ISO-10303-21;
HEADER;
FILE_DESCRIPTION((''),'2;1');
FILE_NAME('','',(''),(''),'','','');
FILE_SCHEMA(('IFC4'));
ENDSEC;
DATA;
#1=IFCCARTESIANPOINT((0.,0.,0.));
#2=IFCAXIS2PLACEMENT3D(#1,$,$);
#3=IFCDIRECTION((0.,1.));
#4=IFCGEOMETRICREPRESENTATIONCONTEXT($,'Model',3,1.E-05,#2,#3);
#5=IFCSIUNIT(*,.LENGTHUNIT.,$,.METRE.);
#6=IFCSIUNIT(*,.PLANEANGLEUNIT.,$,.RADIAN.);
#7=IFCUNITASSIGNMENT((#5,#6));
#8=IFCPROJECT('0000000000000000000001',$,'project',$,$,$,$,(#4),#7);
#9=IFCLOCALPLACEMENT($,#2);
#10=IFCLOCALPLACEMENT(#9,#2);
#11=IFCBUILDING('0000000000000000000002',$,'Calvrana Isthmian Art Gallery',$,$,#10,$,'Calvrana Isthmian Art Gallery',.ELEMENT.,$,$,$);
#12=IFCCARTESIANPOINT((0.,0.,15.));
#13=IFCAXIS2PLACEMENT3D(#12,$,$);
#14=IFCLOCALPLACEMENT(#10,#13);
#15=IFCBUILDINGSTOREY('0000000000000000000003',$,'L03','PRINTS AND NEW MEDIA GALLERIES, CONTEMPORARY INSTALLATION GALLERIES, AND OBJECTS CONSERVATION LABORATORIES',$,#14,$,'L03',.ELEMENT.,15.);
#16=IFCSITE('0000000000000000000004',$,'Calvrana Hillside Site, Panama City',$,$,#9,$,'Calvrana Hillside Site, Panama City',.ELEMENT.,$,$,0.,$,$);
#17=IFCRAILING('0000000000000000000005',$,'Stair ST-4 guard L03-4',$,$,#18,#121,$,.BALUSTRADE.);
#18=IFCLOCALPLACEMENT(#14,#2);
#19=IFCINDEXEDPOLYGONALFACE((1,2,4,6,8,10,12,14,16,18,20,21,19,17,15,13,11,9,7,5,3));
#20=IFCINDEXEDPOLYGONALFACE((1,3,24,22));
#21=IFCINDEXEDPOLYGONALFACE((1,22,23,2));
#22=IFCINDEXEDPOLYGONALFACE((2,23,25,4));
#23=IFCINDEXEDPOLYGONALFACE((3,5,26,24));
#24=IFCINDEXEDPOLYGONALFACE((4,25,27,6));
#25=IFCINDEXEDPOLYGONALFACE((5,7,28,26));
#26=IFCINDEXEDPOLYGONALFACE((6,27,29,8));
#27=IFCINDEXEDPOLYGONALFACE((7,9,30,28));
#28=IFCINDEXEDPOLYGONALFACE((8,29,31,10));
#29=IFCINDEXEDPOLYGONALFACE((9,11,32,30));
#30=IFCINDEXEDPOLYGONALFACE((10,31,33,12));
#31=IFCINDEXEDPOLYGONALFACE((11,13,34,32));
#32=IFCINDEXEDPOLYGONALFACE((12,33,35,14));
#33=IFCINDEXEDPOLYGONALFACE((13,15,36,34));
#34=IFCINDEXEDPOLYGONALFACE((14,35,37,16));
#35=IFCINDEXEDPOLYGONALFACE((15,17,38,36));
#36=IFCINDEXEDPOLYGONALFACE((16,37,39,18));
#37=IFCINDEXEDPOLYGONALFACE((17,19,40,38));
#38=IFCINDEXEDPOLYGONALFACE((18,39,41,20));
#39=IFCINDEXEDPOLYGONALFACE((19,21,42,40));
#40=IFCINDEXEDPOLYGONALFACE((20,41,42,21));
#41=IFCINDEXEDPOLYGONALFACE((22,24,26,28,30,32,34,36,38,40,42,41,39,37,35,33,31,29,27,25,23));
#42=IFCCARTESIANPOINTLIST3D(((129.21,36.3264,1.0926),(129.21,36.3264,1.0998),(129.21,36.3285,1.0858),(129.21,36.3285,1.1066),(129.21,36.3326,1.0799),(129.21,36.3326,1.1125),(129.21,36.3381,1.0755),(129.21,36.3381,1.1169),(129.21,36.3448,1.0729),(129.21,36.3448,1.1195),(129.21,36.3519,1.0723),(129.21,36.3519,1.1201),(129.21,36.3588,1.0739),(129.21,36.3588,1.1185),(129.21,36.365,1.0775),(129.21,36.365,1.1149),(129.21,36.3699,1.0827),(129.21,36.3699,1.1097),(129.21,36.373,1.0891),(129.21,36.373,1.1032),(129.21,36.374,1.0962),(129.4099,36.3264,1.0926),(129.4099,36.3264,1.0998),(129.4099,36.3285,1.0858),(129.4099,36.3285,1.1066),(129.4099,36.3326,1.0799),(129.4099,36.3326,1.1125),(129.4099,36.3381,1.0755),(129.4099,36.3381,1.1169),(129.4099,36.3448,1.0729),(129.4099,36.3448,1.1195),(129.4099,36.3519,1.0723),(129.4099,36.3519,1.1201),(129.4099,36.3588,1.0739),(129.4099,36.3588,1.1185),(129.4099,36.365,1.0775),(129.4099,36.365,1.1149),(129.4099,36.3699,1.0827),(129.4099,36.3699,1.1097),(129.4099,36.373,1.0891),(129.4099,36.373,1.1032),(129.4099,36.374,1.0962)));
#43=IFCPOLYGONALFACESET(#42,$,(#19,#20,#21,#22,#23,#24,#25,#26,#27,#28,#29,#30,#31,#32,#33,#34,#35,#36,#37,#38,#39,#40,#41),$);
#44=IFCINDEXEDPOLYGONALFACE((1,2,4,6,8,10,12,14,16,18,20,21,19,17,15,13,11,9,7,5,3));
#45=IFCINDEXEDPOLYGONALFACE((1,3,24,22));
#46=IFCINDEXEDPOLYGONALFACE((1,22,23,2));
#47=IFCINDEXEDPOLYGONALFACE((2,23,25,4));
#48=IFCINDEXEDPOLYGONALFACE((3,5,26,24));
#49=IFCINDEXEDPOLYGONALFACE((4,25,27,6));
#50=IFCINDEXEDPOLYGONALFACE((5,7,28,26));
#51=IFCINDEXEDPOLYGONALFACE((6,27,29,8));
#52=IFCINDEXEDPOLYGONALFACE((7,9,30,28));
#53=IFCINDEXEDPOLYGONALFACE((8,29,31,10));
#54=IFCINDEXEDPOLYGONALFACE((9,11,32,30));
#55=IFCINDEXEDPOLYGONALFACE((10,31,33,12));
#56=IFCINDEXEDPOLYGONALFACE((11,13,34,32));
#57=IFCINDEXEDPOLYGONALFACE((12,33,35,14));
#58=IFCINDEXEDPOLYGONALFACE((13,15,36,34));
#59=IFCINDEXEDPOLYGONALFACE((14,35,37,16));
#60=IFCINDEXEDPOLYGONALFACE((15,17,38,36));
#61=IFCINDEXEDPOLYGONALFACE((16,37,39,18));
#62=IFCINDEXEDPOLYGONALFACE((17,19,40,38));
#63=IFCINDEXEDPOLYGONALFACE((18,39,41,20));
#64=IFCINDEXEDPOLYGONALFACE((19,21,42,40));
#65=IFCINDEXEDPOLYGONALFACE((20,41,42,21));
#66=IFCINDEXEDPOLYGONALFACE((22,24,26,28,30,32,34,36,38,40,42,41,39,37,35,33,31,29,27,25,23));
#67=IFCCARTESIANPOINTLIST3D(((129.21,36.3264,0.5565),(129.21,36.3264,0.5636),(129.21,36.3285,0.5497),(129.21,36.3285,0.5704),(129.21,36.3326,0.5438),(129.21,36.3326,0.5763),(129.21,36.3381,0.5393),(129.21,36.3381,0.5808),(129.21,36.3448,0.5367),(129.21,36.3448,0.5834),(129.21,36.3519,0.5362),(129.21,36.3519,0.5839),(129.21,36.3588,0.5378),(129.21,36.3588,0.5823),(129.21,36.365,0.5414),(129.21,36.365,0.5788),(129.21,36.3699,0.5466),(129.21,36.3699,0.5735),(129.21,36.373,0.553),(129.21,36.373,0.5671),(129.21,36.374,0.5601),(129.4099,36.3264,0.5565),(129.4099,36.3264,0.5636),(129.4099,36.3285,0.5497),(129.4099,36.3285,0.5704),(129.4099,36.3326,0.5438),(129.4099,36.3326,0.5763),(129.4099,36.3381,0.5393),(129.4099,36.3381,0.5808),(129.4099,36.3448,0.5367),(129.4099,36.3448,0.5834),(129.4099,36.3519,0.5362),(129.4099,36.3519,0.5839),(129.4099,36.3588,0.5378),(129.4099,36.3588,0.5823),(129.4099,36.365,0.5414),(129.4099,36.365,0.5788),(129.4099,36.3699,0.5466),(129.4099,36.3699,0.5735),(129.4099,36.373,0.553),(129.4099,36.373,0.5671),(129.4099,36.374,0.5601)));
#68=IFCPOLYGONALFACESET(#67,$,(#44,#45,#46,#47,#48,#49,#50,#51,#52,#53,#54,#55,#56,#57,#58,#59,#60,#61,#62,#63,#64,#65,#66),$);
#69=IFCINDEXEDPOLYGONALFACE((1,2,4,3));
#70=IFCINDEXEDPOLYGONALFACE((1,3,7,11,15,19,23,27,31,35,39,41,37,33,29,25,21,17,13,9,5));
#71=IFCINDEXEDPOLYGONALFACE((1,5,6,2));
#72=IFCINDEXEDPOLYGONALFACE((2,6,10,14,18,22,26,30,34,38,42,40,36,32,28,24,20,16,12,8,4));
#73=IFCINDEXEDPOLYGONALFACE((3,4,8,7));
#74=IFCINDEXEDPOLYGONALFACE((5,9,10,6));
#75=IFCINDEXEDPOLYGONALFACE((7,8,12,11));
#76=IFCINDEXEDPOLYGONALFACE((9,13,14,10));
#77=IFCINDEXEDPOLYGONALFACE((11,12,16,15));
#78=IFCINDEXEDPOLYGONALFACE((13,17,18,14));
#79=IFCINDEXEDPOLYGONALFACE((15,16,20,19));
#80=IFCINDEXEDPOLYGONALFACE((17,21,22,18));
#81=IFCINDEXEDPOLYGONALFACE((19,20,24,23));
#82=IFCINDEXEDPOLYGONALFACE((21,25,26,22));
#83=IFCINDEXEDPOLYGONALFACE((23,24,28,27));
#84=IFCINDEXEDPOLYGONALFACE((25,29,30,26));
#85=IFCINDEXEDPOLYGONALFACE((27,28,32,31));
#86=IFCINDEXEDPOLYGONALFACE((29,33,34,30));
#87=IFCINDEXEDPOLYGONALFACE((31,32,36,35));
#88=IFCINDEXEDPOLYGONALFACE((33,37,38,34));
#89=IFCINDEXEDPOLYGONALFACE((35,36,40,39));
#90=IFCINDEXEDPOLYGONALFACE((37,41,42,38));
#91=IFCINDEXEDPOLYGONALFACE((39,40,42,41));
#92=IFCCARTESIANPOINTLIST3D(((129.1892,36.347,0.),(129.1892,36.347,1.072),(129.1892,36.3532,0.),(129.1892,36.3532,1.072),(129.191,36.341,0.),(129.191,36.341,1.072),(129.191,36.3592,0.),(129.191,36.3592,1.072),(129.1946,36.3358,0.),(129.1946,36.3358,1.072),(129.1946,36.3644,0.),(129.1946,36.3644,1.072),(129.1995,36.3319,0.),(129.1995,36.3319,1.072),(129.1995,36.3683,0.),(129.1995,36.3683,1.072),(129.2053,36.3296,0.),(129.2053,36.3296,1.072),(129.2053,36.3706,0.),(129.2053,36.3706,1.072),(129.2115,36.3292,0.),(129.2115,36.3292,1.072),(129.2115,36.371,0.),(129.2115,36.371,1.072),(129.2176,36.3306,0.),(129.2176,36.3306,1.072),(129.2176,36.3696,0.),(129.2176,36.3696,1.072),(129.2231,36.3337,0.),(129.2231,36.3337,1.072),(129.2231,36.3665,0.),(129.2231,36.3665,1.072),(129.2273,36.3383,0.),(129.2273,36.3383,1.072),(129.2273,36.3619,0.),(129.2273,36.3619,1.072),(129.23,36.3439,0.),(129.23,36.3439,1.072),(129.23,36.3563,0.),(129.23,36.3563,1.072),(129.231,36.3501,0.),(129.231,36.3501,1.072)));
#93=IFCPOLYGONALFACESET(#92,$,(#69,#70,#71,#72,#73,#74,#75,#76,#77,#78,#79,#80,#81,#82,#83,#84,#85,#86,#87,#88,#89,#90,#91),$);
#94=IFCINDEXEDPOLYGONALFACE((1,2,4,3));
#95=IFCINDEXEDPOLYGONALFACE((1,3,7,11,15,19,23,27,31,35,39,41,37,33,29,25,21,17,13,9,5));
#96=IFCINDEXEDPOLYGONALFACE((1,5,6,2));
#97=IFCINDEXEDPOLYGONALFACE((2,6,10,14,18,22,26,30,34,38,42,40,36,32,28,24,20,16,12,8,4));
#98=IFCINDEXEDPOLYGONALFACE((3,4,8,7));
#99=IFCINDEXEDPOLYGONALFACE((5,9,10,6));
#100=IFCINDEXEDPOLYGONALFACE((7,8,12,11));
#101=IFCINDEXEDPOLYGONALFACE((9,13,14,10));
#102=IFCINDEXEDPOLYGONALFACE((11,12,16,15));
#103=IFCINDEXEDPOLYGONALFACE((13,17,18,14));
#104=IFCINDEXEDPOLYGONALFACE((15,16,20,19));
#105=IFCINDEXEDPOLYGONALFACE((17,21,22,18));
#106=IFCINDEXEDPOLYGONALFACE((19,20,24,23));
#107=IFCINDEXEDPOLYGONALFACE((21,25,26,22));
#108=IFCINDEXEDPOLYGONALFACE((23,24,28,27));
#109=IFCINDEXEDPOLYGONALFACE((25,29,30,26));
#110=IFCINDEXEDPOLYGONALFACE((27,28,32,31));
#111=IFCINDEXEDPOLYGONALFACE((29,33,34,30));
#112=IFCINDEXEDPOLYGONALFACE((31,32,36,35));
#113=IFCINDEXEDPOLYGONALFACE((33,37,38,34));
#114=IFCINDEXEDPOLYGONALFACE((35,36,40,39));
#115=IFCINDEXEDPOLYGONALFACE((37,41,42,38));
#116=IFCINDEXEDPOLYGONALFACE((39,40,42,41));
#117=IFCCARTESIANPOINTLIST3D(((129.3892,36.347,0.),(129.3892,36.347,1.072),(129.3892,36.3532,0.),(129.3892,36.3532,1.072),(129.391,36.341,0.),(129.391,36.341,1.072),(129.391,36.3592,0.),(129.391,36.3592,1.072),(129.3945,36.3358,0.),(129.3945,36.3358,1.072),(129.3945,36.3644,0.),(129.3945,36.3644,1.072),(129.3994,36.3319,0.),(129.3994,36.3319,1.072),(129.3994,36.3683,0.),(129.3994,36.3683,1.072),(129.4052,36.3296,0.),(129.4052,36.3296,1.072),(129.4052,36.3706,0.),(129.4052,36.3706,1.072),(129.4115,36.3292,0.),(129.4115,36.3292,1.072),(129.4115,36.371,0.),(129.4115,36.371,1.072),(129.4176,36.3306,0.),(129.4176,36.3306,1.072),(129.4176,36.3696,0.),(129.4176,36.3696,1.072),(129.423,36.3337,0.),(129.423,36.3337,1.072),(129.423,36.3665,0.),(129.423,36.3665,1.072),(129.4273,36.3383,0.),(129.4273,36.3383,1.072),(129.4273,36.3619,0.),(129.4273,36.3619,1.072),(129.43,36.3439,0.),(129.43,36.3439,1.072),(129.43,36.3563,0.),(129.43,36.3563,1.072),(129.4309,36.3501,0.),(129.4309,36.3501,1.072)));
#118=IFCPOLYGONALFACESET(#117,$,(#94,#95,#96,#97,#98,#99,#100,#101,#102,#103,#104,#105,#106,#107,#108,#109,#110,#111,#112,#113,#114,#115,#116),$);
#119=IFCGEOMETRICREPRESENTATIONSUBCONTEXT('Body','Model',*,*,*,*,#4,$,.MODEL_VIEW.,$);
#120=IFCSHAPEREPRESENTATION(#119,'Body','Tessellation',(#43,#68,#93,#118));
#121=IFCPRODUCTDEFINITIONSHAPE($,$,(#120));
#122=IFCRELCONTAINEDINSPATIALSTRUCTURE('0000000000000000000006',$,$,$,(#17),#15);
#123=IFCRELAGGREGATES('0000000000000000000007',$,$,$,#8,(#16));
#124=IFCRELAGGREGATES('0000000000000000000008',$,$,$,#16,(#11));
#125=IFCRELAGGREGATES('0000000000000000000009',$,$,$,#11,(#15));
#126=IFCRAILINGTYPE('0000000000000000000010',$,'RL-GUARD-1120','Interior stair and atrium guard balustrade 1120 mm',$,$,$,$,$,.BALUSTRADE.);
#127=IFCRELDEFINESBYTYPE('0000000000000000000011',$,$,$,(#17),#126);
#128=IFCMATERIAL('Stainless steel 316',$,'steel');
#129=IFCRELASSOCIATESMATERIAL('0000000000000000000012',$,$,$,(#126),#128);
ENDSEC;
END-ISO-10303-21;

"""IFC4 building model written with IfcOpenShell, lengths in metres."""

from ifc_helpers import new_model, si_unit, direction, frame, origin, origin_2d, place, context, subcontext, project, spatial, circle, extrude, material, type_object, element, save


model = new_model("IFC4")

# Units and contexts
model_context = context("Model", 3, precision=1e-05, world=origin(), true_north=direction((0.0, 1.0)))
body_context = subcontext(model_context, "Body", "Model", "MODEL_VIEW")
ifc_project = project(units=[si_unit("LENGTHUNIT", "METRE"), si_unit("PLANEANGLEUNIT", "RADIAN")], contexts=[model_context])

# Site, building, storey
site_placement = place(None, origin())
site = spatial("IfcSite", under=ifc_project, at=site_placement, Name="Calvrana Hillside Site, Panama City", LongName="Calvrana Hillside Site, Panama City", CompositionType="ELEMENT", RefElevation=0.0)
building_placement = place(site_placement, origin())
building = spatial("IfcBuilding", under=site, at=building_placement, Name="Calvrana Isthmian Art Gallery", LongName="Calvrana Isthmian Art Gallery", CompositionType="ELEMENT")
storey_placement = place(building_placement, frame((0.0, 0.0, 15.0)))
storey = spatial("IfcBuildingStorey", under=building, at=storey_placement, Name="L03", Description="PRINTS AND NEW MEDIA GALLERIES, CONTEMPORARY INSTALLATION GALLERIES, AND OBJECTS CONSERVATION LABORATORIES", LongName="L03", CompositionType="ELEMENT", Elevation=15.0)

# Shared definitions
ifc_material_1 = material(Name="Stainless steel 316", Category="steel")

# Railing
railing_type_1 = type_object("IfcRailingType", Name="RL-GUARD-1120", Description="Interior stair and atrium guard balustrade 1120 mm", PredefinedType="BALUSTRADE", material=ifc_material_1)
railing_1_placement = place(storey_placement, frame((129.21, 36.3501, 0.0)))
element("IfcRailing", 1, at=railing_1_placement, inside=storey, type_object=railing_type_1, Name="Stair ST-4 guard L03-4", PredefinedType="BALUSTRADE", context=body_context, shape_type="SweptSolid", body=[
    extrude(circle(Radius=0.0239, at=origin_2d()), frame((0.0, 0.0, 1.0962), z_axis=(1.0, 0.0, 0.0), x_axis=(0.0, 1.0, 0.0)), (0.0, 0.0, 1.0), 0.2),
    extrude(circle(Radius=0.0239, at=origin_2d()), frame((0.0, 0.0, 0.5601), z_axis=(1.0, 0.0, 0.0), x_axis=(0.0, 1.0, 0.0)), (0.0, 0.0, 1.0), 0.2),
    extrude(circle(Radius=0.021, at=origin_2d()), origin(), (0.0, 0.0, 1.0), 1.072),
    extrude(circle(Radius=0.021, at=origin_2d()), frame((0.2, 0.0, 0.0)), (0.0, 0.0, 1.0), 1.072),
])

save(model, "model.ifc")
